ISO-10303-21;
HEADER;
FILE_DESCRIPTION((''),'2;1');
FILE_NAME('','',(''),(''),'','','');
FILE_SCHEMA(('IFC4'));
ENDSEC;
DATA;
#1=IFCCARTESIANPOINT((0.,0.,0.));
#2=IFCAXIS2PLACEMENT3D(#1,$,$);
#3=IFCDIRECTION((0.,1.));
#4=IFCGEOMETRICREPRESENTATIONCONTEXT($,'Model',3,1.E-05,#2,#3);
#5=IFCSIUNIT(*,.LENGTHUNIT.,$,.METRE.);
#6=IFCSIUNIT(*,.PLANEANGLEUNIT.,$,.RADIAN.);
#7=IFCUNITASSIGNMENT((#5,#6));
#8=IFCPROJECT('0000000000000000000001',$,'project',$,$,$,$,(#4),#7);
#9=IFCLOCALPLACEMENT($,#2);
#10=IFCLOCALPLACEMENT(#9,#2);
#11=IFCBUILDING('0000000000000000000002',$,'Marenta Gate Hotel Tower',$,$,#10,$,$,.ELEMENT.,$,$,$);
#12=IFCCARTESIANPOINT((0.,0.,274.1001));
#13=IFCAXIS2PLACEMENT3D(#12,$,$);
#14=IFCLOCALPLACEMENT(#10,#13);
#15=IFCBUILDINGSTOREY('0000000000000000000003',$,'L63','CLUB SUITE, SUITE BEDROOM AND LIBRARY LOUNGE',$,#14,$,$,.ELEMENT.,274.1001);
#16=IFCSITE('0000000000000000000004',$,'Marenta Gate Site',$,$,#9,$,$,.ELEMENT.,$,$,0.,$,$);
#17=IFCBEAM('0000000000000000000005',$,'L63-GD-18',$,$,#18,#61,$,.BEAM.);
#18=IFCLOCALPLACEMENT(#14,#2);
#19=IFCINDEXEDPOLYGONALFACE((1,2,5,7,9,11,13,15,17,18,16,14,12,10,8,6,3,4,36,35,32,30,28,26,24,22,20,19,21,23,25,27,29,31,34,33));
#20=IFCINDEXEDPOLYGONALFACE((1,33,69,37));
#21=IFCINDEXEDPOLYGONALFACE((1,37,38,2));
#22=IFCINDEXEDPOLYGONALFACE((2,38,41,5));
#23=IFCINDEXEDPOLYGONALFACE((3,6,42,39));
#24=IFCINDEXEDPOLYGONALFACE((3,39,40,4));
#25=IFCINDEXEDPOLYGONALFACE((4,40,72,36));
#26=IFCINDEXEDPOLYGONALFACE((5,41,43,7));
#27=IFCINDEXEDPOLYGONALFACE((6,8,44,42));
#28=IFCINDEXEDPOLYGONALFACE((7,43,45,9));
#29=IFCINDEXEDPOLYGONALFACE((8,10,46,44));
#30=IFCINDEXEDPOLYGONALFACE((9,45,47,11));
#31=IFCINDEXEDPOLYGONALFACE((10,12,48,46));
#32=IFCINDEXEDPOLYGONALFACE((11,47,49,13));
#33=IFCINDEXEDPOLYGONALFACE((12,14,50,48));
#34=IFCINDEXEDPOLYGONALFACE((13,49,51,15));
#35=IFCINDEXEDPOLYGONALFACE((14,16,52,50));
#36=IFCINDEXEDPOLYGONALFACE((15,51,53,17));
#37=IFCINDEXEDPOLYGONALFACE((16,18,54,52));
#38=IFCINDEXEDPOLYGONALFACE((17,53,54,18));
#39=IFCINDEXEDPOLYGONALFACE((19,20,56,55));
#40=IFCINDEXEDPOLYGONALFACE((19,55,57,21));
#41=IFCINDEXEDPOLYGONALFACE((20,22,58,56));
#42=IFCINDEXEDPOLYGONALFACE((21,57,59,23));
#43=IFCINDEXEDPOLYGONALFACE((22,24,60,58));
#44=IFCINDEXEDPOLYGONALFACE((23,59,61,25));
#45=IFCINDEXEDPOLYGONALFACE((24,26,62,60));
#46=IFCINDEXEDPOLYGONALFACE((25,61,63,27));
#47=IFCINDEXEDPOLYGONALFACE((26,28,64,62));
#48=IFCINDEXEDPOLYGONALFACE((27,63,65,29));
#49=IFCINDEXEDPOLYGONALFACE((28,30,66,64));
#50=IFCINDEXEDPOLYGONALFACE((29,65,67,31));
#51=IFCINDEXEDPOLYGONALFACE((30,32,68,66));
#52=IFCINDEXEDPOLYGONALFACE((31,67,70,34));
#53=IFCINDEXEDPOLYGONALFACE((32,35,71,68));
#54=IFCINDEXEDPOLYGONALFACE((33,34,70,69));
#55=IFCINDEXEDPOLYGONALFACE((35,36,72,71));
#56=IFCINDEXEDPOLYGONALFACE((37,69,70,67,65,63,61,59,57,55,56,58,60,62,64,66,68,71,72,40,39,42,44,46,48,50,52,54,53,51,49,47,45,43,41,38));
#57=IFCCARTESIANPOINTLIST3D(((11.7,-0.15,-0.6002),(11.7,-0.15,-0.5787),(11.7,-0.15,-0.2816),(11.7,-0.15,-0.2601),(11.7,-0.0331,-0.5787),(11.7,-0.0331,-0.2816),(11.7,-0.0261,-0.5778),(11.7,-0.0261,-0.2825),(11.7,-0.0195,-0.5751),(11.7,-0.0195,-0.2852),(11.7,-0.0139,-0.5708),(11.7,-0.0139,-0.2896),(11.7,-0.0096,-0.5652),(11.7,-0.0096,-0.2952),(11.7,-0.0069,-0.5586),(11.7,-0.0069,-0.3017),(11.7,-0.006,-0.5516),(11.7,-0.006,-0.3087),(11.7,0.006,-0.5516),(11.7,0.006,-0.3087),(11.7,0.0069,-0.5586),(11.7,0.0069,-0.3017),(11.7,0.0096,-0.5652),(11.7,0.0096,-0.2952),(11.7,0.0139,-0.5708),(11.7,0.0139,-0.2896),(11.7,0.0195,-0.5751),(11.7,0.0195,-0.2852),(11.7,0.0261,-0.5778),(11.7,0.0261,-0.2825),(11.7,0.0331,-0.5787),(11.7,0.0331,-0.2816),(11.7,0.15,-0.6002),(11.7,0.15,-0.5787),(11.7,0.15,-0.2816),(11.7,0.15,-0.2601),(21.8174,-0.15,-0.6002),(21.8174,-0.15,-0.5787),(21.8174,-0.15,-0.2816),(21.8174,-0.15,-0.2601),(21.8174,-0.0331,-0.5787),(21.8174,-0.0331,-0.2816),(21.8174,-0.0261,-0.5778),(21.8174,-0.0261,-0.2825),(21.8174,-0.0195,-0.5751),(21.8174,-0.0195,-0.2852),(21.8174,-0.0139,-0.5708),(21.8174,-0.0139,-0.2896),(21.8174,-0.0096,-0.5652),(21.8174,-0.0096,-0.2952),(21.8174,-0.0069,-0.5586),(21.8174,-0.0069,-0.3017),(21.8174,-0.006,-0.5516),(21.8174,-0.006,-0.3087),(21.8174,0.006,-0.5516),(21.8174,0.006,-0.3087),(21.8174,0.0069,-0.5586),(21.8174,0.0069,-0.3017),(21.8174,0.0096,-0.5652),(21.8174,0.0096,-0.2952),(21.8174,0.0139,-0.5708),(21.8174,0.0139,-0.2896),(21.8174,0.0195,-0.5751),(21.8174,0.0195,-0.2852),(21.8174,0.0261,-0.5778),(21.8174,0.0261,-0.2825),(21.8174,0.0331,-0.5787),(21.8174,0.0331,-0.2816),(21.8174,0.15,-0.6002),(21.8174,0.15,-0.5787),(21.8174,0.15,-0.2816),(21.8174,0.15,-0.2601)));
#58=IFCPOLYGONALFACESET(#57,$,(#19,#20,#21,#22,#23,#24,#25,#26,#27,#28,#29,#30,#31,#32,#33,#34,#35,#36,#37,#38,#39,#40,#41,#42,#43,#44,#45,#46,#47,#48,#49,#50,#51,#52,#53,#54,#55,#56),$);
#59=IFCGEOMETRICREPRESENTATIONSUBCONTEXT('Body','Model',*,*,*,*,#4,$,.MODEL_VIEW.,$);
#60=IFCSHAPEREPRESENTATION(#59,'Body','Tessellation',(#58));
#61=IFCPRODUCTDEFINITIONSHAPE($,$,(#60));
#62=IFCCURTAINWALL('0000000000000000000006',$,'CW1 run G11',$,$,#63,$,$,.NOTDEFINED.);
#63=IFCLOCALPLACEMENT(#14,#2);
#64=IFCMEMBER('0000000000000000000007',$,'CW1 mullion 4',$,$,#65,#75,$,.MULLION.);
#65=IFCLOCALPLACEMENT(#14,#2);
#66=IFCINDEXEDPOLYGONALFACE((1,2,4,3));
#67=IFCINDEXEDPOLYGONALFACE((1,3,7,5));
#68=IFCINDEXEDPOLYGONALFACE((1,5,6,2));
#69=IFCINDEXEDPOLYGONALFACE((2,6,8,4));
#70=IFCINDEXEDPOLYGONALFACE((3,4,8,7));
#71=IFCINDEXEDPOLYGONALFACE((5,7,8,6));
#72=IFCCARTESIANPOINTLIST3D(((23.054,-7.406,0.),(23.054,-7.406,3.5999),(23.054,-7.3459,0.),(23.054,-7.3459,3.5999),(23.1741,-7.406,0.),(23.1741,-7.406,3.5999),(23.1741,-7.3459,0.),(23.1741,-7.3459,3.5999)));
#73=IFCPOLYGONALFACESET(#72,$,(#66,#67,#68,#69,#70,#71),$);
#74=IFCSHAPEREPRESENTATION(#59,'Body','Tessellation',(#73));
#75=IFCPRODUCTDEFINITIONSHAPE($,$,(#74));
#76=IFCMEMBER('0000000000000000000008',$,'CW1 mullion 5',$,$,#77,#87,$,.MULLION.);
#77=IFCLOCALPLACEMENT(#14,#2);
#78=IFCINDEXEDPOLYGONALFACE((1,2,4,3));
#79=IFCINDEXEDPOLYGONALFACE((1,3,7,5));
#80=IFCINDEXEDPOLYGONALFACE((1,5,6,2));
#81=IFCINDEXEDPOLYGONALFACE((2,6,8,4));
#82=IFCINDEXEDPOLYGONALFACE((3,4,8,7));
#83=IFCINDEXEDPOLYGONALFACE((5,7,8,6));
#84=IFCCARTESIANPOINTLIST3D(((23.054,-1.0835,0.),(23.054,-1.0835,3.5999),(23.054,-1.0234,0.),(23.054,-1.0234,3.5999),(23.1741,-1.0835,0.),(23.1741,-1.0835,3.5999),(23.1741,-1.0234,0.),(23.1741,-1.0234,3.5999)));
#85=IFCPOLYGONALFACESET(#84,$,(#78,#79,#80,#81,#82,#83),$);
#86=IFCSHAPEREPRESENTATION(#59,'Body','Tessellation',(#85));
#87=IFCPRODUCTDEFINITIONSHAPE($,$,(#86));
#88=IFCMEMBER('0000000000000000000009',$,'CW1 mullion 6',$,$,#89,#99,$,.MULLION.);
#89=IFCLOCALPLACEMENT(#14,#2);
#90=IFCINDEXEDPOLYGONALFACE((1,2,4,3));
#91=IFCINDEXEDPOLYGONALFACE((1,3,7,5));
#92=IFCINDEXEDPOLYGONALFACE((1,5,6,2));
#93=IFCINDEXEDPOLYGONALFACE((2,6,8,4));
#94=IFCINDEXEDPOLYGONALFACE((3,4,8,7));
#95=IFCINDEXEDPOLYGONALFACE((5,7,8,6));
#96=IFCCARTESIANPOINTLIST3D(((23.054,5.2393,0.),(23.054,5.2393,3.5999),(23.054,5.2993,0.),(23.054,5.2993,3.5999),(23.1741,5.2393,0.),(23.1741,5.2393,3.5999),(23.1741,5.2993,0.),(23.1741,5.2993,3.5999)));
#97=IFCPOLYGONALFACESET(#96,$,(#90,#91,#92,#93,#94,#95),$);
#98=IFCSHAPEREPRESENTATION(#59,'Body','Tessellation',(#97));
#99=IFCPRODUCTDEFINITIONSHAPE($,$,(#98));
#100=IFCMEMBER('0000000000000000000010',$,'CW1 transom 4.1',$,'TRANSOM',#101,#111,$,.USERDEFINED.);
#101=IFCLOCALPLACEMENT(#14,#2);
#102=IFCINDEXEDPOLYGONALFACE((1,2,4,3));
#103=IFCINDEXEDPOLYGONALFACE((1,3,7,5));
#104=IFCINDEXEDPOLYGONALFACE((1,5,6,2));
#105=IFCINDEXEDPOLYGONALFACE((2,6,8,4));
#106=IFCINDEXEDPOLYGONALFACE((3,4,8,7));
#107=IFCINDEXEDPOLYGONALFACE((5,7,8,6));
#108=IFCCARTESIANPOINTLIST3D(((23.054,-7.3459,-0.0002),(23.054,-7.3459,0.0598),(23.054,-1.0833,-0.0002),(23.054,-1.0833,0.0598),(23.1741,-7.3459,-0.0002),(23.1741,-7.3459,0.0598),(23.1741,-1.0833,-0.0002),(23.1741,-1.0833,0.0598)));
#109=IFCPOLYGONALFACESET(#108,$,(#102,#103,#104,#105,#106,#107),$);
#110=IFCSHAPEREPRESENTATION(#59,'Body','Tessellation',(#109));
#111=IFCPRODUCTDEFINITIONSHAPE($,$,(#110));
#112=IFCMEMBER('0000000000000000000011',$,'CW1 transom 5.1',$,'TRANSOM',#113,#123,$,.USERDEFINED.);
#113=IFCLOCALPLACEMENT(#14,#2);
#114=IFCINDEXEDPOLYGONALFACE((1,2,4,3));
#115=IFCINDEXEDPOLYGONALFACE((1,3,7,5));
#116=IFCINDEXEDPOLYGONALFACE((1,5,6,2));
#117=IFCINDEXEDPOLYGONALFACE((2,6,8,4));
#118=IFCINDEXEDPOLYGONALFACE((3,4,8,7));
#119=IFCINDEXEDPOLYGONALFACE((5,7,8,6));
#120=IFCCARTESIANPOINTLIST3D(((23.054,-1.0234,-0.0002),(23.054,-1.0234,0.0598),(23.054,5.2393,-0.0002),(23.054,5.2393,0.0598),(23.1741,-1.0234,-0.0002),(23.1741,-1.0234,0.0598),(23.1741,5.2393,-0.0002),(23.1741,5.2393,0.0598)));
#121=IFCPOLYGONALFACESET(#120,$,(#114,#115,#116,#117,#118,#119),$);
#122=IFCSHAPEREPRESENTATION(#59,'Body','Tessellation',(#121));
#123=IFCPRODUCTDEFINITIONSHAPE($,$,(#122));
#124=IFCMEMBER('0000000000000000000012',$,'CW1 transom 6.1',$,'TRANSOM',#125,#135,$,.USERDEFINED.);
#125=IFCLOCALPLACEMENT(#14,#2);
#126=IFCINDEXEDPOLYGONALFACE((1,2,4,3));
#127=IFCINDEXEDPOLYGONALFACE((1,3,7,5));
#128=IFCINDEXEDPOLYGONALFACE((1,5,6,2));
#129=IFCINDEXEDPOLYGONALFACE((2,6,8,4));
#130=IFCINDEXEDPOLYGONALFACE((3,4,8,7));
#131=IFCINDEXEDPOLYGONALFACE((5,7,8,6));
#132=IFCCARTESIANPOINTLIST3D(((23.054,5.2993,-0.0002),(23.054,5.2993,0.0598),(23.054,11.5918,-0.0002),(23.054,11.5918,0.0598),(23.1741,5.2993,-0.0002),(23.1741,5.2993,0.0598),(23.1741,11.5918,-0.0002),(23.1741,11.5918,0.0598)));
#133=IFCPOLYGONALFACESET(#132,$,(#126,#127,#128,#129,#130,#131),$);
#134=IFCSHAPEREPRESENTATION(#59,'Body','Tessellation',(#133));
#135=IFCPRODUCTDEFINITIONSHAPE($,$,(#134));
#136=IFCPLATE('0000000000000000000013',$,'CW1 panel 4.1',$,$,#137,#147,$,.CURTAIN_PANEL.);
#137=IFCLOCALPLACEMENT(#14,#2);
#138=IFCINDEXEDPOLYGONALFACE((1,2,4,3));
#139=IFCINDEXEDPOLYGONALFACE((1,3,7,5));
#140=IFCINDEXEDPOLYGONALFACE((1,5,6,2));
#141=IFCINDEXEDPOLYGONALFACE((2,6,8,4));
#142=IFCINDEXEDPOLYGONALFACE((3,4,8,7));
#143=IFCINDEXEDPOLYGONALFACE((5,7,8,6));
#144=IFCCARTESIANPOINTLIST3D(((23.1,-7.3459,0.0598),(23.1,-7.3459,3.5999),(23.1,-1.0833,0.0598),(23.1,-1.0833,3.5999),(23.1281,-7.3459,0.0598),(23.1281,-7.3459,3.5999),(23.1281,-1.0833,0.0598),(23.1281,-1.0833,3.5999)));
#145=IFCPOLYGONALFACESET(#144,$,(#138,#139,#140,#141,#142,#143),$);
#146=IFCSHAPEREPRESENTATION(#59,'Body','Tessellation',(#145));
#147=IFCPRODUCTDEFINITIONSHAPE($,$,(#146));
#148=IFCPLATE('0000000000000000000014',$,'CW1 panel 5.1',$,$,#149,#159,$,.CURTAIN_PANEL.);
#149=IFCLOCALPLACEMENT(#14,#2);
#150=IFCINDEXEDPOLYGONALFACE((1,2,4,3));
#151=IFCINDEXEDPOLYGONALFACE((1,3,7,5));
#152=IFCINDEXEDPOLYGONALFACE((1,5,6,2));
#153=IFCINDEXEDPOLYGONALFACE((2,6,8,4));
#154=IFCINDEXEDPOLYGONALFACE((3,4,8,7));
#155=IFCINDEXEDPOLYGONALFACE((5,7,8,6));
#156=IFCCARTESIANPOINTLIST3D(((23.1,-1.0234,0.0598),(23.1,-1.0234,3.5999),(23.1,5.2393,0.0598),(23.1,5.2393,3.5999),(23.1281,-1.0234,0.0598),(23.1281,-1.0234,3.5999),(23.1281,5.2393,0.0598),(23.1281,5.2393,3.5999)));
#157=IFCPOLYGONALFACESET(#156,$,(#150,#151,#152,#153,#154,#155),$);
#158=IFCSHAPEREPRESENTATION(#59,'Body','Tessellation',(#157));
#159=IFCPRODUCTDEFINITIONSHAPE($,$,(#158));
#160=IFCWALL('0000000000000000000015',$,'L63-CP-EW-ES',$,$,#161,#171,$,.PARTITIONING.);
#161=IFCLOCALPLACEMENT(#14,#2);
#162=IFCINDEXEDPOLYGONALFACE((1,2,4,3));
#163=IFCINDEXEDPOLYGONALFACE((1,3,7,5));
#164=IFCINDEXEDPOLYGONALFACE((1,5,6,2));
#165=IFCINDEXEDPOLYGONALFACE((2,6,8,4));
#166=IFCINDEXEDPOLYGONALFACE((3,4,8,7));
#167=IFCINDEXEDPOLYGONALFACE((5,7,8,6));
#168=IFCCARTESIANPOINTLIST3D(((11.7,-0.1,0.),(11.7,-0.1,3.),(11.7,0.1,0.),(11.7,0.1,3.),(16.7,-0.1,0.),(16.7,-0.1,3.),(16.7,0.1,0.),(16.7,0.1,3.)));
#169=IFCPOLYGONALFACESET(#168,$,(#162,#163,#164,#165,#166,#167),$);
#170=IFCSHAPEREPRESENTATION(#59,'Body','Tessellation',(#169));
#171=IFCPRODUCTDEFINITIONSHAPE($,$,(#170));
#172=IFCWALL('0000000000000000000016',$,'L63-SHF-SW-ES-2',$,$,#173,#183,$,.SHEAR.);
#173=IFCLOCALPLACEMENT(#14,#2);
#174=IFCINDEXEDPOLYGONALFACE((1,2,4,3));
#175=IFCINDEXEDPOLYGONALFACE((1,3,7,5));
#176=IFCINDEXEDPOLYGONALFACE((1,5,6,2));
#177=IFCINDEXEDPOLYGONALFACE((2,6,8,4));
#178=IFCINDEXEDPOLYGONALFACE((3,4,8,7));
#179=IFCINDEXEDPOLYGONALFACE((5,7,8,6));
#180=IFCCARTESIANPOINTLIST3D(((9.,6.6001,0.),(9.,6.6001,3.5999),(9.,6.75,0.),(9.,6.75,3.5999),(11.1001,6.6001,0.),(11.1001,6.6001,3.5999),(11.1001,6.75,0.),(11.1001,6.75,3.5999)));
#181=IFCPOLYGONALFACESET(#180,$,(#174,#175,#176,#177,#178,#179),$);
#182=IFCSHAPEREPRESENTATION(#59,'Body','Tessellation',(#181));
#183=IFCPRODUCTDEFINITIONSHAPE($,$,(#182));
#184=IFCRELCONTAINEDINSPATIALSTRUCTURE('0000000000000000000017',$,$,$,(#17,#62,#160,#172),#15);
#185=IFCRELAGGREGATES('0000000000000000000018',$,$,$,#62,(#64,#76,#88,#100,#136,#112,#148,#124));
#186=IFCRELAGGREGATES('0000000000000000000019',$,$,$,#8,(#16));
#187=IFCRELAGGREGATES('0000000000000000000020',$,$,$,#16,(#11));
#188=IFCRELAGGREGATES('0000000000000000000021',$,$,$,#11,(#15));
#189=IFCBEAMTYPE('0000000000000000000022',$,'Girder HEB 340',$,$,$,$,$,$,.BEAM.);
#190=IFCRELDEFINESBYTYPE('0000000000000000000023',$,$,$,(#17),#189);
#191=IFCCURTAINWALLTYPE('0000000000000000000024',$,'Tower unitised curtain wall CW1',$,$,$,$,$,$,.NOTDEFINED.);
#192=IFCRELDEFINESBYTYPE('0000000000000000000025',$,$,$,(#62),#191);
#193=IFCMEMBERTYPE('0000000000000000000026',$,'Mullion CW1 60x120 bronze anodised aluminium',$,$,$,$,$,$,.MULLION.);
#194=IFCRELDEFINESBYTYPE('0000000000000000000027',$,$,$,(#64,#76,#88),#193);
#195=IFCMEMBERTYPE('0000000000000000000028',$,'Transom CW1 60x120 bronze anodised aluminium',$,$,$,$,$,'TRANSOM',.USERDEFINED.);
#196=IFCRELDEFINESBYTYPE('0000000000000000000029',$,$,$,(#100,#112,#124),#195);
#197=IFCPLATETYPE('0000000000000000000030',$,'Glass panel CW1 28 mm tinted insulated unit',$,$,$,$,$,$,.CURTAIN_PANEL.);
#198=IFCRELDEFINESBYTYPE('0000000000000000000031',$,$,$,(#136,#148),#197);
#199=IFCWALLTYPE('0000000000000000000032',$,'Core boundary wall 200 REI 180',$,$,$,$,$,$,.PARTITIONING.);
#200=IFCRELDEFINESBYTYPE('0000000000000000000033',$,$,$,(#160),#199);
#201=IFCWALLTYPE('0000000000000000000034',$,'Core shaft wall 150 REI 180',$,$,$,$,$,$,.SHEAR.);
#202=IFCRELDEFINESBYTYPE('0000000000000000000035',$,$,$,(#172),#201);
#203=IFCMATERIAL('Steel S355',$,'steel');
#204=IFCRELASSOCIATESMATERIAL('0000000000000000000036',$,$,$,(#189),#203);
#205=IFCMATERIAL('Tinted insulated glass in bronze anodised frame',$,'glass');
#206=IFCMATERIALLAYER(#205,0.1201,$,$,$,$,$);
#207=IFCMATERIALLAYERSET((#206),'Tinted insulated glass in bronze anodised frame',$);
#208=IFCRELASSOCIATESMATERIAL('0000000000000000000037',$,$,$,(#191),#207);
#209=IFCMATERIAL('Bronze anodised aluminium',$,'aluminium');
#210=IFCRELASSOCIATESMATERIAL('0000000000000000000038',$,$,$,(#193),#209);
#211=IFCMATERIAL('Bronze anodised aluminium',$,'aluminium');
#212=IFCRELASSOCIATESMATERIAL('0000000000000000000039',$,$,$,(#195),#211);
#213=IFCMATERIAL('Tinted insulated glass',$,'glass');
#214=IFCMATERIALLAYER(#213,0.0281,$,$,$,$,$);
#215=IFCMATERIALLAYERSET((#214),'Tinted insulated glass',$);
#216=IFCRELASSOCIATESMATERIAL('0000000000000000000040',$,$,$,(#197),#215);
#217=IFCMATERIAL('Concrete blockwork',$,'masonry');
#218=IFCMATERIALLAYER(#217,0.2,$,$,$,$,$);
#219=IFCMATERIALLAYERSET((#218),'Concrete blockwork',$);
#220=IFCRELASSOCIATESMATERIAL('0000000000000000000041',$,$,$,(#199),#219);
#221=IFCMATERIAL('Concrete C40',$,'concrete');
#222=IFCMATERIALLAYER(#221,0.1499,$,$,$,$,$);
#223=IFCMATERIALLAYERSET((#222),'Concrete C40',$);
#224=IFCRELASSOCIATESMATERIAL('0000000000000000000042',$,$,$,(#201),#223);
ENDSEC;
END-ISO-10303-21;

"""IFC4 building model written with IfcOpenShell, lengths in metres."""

from ifc_helpers import new_model, si_unit, direction, frame, frame_2d, origin, origin_2d, place, context, subcontext, project, spatial, rectangle, i_section, extrude, material, layer, layer_set, material_profile, profile_set, type_object, element, aggregate, save


model = new_model("IFC4")

# Units and contexts
model_context = context("Model", 3, precision=1e-05, world=origin(), true_north=direction((0.0, 1.0)))
body_context = subcontext(model_context, "Body", "Model", "MODEL_VIEW")
ifc_project = project(units=[si_unit("LENGTHUNIT", "METRE"), si_unit("PLANEANGLEUNIT", "RADIAN")], contexts=[model_context])

# Site, building, storey
site_placement = place(None, origin())
site = spatial("IfcSite", under=ifc_project, at=site_placement, Name="Marenta Gate Site", CompositionType="ELEMENT", RefElevation=0.0)
building_placement = place(site_placement, origin())
building = spatial("IfcBuilding", under=site, at=building_placement, Name="Marenta Gate Hotel Tower", CompositionType="ELEMENT")
storey_placement = place(building_placement, frame((0.0, 0.0, 274.1001)))
storey = spatial("IfcBuildingStorey", under=building, at=storey_placement, Name="L63", Description="CLUB SUITE, SUITE BEDROOM AND LIBRARY LOUNGE", CompositionType="ELEMENT", Elevation=274.1001)

# Beam
ifc_material_1 = material(Name="Steel S355", Category="steel")
ifc_material_profile_1 = material_profile(ifc_material_1, i_section(OverallWidth=0.3, OverallDepth=0.3401, WebThickness=0.012, FlangeThickness=0.0215, FilletRadius=0.0271, at=origin_2d()), Name="HEB 340")
ifc_profile_set_1 = profile_set([ifc_material_profile_1], Name="Steel S355")
beam_type_1 = type_object("IfcBeamType", Name="Girder HEB 340", PredefinedType="BEAM", material=ifc_profile_set_1)
beam_1_placement = place(storey_placement, frame((11.7, 0.0, -0.4302), z_axis=(1.0, 0.0, 0.0), x_axis=(0.0, 1.0, 0.0)))
element("IfcBeam", 1, at=beam_1_placement, inside=storey, type_object=beam_type_1, Name="L63-GD-18", PredefinedType="BEAM", context=body_context, shape_type="SweptSolid", body=[
    extrude(i_section(OverallWidth=0.3, OverallDepth=0.3401, WebThickness=0.012, FlangeThickness=0.0215, FilletRadius=0.0271, at=origin_2d()), origin(), (0.0, 0.0, 1.0), 10.1174),
])

# Curtain wall, members, plates
ifc_material_2 = material(Name="Tinted insulated glass in bronze anodised frame", Category="glass")
ifc_layer_1 = layer(ifc_material_2, 0.1201)
ifc_layer_set_1 = layer_set([ifc_layer_1], Name="Tinted insulated glass in bronze anodised frame")
curtain_wall_type = type_object("IfcCurtainWallType", Name="Tower unitised curtain wall CW1", PredefinedType="NOTDEFINED", material=ifc_layer_set_1)
curtain_wall_placement = place(storey_placement, origin())
curtain_wall = element("IfcCurtainWall", 2, at=curtain_wall_placement, inside=storey, type_object=curtain_wall_type, Name="CW1 run G11", PredefinedType="NOTDEFINED")
ifc_material_3 = material(Name="Bronze anodised aluminium", Category="aluminium")
ifc_material_profile_2 = material_profile(ifc_material_3, rectangle(XDim=0.1201, YDim=0.0601, at=origin_2d()), Name="Mullion CW1 60x120 bronze anodised aluminium")
ifc_profile_set_2 = profile_set([ifc_material_profile_2], Name="Bronze anodised aluminium")
member_type_1 = type_object("IfcMemberType", Name="Mullion CW1 60x120 bronze anodised aluminium", PredefinedType="MULLION", material=ifc_profile_set_2)
member_1_placement = place(storey_placement, frame((23.114, -7.376, 0.0), z_axis=(0.0, 0.0, 1.0), x_axis=(-1.0, 0.0, 0.0)))
member_1 = element("IfcMember", 3, at=member_1_placement, type_object=member_type_1, Name="CW1 mullion 4", PredefinedType="MULLION", context=body_context, shape_type="SweptSolid", body=[
    extrude(rectangle(XDim=0.1201, YDim=0.0601, at=origin_2d()), origin(), (0.0, 0.0, 1.0), 3.5999),
])
member_2_placement = place(storey_placement, frame((23.114, -1.0535, 0.0), z_axis=(0.0, 0.0, 1.0), x_axis=(-1.0, 0.0, 0.0)))
member_2 = element("IfcMember", 4, at=member_2_placement, type_object=member_type_1, Name="CW1 mullion 5", PredefinedType="MULLION", context=body_context, shape_type="SweptSolid", body=[
    extrude(rectangle(XDim=0.1201, YDim=0.0601, at=origin_2d()), origin(), (0.0, 0.0, 1.0), 3.5999),
])
member_3_placement = place(storey_placement, frame((23.114, 5.2693, 0.0), z_axis=(0.0, 0.0, 1.0), x_axis=(-1.0, 0.0, 0.0)))
member_3 = element("IfcMember", 5, at=member_3_placement, type_object=member_type_1, Name="CW1 mullion 6", PredefinedType="MULLION", context=body_context, shape_type="SweptSolid", body=[
    extrude(rectangle(XDim=0.1201, YDim=0.0601, at=origin_2d()), origin(), (0.0, 0.0, 1.0), 3.5999),
])
ifc_material_4 = material(Name="Bronze anodised aluminium", Category="aluminium")
ifc_material_profile_3 = material_profile(ifc_material_4, rectangle(XDim=0.1201, YDim=0.0601, at=origin_2d()), Name="Transom CW1 60x120 bronze anodised aluminium")
ifc_profile_set_3 = profile_set([ifc_material_profile_3], Name="Bronze anodised aluminium")
member_type_2 = type_object("IfcMemberType", Name="Transom CW1 60x120 bronze anodised aluminium", ElementType="TRANSOM", PredefinedType="USERDEFINED", material=ifc_profile_set_3)
member_4_placement = place(storey_placement, frame((23.114, -7.3459, 0.0298), z_axis=(0.0, 1.0, 0.0), x_axis=(-1.0, 0.0, 0.0)))
member_4 = element("IfcMember", 6, at=member_4_placement, type_object=member_type_2, Name="CW1 transom 4.1", ObjectType="TRANSOM", PredefinedType="USERDEFINED", context=body_context, shape_type="SweptSolid", body=[
    extrude(rectangle(XDim=0.1201, YDim=0.0601, at=origin_2d()), origin(), (0.0, 0.0, 1.0), 6.2627),
])
member_5_placement = place(storey_placement, frame((23.114, -1.0234, 0.0298), z_axis=(0.0, 1.0, 0.0), x_axis=(-1.0, 0.0, 0.0)))
member_5 = element("IfcMember", 7, at=member_5_placement, type_object=member_type_2, Name="CW1 transom 5.1", ObjectType="TRANSOM", PredefinedType="USERDEFINED", context=body_context, shape_type="SweptSolid", body=[
    extrude(rectangle(XDim=0.1201, YDim=0.0601, at=origin_2d()), origin(), (0.0, 0.0, 1.0), 6.2627),
])
member_6_placement = place(storey_placement, frame((23.114, 5.2993, 0.0298), z_axis=(0.0, 1.0, 0.0), x_axis=(-1.0, 0.0, 0.0)))
member_6 = element("IfcMember", 8, at=member_6_placement, type_object=member_type_2, Name="CW1 transom 6.1", ObjectType="TRANSOM", PredefinedType="USERDEFINED", context=body_context, shape_type="SweptSolid", body=[
    extrude(rectangle(XDim=0.1201, YDim=0.0601, at=origin_2d()), origin(), (0.0, 0.0, 1.0), 6.2925),
])
ifc_material_5 = material(Name="Tinted insulated glass", Category="glass")
ifc_layer_2 = layer(ifc_material_5, 0.0281)
ifc_layer_set_2 = layer_set([ifc_layer_2], Name="Tinted insulated glass")
plate_type = type_object("IfcPlateType", Name="Glass panel CW1 28 mm tinted insulated unit", PredefinedType="CURTAIN_PANEL", material=ifc_layer_set_2)
plate_1_placement = place(storey_placement, frame((23.114, -4.2146, 0.0598), z_axis=(0.0, 0.0, 1.0), x_axis=(0.0, 1.0, 0.0)))
plate_1 = element("IfcPlate", 9, at=plate_1_placement, type_object=plate_type, Name="CW1 panel 4.1", PredefinedType="CURTAIN_PANEL", context=body_context, shape_type="SweptSolid", body=[
    extrude(rectangle(XDim=6.2627, YDim=0.0281, at=origin_2d()), origin(), (0.0, 0.0, 1.0), 3.54),
])
plate_2_placement = place(storey_placement, frame((23.114, 2.1079, 0.0598), z_axis=(0.0, 0.0, 1.0), x_axis=(0.0, 1.0, 0.0)))
plate_2 = element("IfcPlate", 10, at=plate_2_placement, type_object=plate_type, Name="CW1 panel 5.1", PredefinedType="CURTAIN_PANEL", context=body_context, shape_type="SweptSolid", body=[
    extrude(rectangle(XDim=6.2627, YDim=0.0281, at=origin_2d()), origin(), (0.0, 0.0, 1.0), 3.54),
])
aggregate(curtain_wall, [member_1, member_2, member_3, member_4, plate_1, member_5, plate_2, member_6])

# Shared definitions
ifc_material_6 = material(Name="Concrete blockwork", Category="masonry")
ifc_layer_3 = layer(ifc_material_6, 0.2)
ifc_layer_set_3 = layer_set([ifc_layer_3], Name="Concrete blockwork")
wall_type_1 = type_object("IfcWallType", Name="Core boundary wall 200 REI 180", PredefinedType="PARTITIONING", material=ifc_layer_set_3)

# Walls
wall_1_placement = place(storey_placement, frame((11.7, 0.0, 0.0), z_axis=(0.0, 0.0, 1.0), x_axis=(1.0, 0.0, 0.0)))
element("IfcWall", 11, at=wall_1_placement, inside=storey, type_object=wall_type_1, Name="L63-CP-EW-ES", PredefinedType="PARTITIONING", context=body_context, shape_type="SweptSolid", body=[
    extrude(rectangle(XDim=5.0, YDim=0.2, at=frame_2d((2.5, 0.0))), origin(), (0.0, 0.0, 1.0), 3.0),
])
ifc_material_7 = material(Name="Concrete C40", Category="concrete")
ifc_layer_4 = layer(ifc_material_7, 0.1499)
ifc_layer_set_4 = layer_set([ifc_layer_4], Name="Concrete C40")
wall_type_2 = type_object("IfcWallType", Name="Core shaft wall 150 REI 180", PredefinedType="SHEAR", material=ifc_layer_set_4)
for number, where, z_axis, x_axis, name in (
    (12, (9.0, 6.675, 0.0), (0.0, 0.0, 1.0), (1.0, 0.0, 0.0), "L63-SHF-SW-ES-2"),
):
    element("IfcWall", number, at=place(storey_placement, frame(where, z_axis=z_axis, x_axis=x_axis)), inside=storey, type_object=wall_type_2, Name=name, PredefinedType="SHEAR", context=body_context, shape_type="SweptSolid", body=[
        extrude(rectangle(XDim=2.1001, YDim=0.1499, at=frame_2d((1.05, 0.0))), origin(), (0.0, 0.0, 1.0), 3.5999),
    ])

save(model, "model.ifc")
